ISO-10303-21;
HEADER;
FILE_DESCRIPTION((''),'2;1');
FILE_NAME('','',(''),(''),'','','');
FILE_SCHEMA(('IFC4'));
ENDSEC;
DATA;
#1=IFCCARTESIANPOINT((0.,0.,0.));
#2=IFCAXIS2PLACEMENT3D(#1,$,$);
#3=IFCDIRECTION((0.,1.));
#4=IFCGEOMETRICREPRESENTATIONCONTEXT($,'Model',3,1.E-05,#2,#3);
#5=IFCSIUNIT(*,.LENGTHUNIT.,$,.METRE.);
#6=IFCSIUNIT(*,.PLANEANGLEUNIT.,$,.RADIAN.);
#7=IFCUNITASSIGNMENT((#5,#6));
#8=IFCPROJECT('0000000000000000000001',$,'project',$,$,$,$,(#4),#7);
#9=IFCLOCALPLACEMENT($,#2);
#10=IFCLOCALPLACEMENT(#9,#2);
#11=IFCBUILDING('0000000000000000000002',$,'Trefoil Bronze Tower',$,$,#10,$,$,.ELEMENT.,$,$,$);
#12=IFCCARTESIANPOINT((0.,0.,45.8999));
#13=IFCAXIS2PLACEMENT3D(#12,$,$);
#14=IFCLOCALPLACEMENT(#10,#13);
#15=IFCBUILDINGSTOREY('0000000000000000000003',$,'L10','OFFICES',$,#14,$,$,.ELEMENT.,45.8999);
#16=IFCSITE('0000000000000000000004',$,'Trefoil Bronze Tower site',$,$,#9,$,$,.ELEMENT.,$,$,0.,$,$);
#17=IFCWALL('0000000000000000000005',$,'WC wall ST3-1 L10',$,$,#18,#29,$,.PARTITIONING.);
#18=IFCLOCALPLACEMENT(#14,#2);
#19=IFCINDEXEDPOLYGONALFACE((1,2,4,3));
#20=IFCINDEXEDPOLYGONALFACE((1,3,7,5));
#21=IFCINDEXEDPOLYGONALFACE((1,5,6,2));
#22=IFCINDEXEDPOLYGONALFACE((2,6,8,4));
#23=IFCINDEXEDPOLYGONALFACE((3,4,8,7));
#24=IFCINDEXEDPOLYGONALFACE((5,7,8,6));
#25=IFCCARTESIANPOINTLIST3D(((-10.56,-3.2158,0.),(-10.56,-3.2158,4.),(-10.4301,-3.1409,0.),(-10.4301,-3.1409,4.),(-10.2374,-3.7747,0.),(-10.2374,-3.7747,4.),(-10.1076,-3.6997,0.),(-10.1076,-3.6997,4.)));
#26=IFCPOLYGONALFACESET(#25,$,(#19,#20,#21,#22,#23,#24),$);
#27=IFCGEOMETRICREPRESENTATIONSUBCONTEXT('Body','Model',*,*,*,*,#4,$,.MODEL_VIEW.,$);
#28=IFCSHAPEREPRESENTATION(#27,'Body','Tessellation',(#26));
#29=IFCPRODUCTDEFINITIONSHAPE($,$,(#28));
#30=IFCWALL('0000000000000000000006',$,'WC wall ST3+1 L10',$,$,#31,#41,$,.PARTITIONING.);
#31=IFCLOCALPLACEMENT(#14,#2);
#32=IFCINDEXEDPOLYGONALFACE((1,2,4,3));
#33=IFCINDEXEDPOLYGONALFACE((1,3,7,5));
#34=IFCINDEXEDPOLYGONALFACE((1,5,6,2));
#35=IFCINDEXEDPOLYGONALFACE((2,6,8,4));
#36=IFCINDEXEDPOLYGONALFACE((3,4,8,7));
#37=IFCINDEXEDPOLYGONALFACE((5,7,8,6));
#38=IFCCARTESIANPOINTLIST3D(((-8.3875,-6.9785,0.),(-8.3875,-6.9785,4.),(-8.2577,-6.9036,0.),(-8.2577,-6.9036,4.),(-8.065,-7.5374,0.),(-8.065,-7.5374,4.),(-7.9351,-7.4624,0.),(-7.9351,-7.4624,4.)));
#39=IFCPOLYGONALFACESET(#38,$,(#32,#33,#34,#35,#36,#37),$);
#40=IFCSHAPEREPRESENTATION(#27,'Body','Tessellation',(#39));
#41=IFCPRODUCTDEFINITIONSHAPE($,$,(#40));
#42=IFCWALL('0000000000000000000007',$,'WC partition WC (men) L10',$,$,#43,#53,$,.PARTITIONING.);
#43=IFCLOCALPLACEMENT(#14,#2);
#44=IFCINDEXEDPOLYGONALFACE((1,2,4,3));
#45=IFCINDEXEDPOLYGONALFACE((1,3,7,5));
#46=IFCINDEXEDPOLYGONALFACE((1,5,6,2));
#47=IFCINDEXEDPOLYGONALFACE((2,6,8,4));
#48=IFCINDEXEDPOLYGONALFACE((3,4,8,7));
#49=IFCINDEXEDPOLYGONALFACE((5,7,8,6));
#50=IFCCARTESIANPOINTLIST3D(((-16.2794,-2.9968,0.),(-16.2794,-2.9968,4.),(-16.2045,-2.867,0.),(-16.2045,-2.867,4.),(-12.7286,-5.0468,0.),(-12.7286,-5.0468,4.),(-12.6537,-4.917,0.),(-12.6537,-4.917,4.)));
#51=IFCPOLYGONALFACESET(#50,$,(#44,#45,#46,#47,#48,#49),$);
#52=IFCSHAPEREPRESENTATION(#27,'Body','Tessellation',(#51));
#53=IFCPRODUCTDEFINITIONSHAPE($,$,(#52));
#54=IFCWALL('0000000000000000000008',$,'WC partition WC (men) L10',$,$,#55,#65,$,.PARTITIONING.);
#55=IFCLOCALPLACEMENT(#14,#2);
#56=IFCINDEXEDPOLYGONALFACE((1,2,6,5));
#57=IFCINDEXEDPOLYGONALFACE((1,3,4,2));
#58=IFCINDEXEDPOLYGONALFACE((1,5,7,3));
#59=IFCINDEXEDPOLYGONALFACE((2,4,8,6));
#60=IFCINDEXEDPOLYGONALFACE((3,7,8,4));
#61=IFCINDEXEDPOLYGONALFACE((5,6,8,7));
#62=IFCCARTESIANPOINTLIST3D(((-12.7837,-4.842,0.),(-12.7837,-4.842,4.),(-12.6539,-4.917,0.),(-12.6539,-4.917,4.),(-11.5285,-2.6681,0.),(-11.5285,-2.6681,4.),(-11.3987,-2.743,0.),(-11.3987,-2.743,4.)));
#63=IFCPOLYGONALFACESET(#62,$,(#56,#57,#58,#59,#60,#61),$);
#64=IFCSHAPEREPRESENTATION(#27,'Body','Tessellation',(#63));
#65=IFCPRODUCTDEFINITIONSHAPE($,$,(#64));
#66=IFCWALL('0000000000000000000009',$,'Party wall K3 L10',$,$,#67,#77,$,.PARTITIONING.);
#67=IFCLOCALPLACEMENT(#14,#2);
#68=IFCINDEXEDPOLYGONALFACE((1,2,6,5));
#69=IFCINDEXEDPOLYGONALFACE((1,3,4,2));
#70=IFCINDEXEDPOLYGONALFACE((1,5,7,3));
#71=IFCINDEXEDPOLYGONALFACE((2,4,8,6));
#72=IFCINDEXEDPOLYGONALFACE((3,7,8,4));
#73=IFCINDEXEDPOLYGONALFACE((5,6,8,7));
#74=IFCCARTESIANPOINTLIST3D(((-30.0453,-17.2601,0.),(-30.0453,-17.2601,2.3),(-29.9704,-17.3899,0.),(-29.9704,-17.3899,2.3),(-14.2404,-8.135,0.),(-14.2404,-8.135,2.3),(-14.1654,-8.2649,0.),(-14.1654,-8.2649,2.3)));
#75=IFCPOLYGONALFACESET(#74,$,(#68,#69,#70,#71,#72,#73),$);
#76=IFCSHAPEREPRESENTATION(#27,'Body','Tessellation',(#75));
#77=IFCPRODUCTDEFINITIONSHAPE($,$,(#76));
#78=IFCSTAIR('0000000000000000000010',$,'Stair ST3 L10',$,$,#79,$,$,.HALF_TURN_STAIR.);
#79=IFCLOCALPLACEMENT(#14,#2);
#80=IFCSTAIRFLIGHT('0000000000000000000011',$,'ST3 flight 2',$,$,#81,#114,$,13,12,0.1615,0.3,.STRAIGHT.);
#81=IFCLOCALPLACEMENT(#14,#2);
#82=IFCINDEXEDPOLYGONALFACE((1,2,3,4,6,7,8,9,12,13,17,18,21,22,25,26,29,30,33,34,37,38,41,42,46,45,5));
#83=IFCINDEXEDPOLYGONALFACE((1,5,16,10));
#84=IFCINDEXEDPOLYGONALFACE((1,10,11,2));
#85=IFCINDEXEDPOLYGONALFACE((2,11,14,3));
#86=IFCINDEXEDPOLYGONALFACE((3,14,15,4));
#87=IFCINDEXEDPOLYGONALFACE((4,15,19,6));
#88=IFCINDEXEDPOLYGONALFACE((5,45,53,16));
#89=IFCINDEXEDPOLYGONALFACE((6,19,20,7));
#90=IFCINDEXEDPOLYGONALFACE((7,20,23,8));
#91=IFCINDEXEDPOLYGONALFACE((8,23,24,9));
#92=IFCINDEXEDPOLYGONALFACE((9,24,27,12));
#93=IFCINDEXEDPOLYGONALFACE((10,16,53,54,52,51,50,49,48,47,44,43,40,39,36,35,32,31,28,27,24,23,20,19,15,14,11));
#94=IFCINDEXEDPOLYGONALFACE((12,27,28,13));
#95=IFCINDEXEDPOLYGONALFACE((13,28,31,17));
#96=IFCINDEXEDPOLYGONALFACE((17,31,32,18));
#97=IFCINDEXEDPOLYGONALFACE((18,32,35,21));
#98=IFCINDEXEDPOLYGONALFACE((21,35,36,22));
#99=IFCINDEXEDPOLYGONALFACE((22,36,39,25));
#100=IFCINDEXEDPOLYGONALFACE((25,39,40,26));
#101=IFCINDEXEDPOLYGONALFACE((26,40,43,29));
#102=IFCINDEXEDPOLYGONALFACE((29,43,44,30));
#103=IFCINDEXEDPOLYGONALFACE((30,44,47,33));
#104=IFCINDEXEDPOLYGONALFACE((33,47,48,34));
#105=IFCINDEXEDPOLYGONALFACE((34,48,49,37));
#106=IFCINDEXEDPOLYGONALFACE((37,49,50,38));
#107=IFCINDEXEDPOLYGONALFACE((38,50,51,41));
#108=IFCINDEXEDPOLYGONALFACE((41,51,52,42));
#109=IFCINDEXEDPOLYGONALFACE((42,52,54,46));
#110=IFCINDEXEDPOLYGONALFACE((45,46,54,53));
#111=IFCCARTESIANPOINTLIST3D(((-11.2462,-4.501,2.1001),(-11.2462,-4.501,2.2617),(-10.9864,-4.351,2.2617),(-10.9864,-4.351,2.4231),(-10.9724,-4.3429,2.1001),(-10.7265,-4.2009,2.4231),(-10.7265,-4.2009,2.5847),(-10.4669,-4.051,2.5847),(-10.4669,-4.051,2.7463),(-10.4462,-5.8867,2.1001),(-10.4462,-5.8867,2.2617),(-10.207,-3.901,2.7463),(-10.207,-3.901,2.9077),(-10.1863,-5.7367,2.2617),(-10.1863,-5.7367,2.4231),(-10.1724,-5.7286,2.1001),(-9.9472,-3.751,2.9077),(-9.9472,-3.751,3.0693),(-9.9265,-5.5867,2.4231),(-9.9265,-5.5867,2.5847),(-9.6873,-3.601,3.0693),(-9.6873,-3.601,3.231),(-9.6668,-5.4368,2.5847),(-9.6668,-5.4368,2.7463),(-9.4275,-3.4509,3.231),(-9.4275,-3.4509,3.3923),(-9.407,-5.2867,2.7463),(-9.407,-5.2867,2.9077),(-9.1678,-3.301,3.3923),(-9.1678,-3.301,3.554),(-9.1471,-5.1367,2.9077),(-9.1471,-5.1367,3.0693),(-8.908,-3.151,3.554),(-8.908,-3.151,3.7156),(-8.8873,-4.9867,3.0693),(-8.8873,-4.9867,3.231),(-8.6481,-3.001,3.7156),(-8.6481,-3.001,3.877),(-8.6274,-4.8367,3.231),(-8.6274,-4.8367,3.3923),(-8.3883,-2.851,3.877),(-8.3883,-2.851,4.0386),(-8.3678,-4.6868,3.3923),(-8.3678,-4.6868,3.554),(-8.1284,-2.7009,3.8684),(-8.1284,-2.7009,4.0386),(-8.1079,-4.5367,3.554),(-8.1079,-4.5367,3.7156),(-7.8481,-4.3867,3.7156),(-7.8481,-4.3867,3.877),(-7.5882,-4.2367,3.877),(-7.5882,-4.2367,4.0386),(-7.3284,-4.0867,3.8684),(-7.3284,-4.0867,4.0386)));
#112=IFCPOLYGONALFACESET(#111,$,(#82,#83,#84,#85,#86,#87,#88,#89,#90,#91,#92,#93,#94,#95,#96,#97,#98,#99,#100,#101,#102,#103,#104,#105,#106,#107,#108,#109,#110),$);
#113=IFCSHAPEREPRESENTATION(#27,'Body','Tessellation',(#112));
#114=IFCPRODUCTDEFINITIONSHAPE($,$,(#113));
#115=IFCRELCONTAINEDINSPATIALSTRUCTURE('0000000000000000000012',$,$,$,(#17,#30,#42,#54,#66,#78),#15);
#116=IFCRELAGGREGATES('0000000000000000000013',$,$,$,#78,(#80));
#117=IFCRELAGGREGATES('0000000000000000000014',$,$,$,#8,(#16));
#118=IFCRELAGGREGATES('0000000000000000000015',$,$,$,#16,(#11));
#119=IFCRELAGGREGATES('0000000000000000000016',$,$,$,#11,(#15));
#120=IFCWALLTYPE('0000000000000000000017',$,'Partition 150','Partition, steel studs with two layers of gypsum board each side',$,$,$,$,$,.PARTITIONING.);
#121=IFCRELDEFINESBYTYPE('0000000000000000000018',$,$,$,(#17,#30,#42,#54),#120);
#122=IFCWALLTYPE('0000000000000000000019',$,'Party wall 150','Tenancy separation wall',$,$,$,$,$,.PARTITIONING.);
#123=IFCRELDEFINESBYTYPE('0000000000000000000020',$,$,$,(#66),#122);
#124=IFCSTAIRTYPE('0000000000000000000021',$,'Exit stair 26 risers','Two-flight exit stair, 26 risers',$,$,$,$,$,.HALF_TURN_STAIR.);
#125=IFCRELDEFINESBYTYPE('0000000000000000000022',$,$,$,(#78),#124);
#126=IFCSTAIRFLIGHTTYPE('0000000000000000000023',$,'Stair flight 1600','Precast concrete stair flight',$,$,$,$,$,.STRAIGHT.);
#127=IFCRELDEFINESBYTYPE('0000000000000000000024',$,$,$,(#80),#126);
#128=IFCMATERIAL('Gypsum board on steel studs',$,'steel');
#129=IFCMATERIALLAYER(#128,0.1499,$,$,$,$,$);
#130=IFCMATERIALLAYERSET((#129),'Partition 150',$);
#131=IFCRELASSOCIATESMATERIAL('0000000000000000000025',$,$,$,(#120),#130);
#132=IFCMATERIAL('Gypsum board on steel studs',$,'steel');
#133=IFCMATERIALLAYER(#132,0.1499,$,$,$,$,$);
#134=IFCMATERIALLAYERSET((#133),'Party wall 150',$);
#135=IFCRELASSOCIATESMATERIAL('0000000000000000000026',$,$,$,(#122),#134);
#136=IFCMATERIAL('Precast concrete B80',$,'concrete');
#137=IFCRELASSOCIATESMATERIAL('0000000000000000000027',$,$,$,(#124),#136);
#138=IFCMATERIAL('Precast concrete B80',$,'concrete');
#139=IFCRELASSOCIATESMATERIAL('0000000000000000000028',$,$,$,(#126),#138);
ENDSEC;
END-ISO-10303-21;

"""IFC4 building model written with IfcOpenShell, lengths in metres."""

from ifc_helpers import new_model, si_unit, direction, frame, frame_2d, origin, place, context, subcontext, project, spatial, polyline, rectangle, outline, extrude, material, layer, layer_set, type_object, element, aggregate, save


model = new_model("IFC4")

# Units and contexts
model_context = context("Model", 3, precision=1e-05, world=origin(), true_north=direction((0.0, 1.0)))
body_context = subcontext(model_context, "Body", "Model", "MODEL_VIEW")
ifc_project = project(units=[si_unit("LENGTHUNIT", "METRE"), si_unit("PLANEANGLEUNIT", "RADIAN")], contexts=[model_context])

# Site, building, storey
site_placement = place(None, origin())
site = spatial("IfcSite", under=ifc_project, at=site_placement, Name="Trefoil Bronze Tower site", CompositionType="ELEMENT", RefElevation=0.0)
building_placement = place(site_placement, origin())
building = spatial("IfcBuilding", under=site, at=building_placement, Name="Trefoil Bronze Tower", CompositionType="ELEMENT")
storey_placement = place(building_placement, frame((0.0, 0.0, 45.8999)))
storey = spatial("IfcBuildingStorey", under=building, at=storey_placement, Name="L10", Description="OFFICES", CompositionType="ELEMENT", Elevation=45.8999)

# Shared definitions
ifc_material_1 = material(Name="Gypsum board on steel studs", Category="steel")
ifc_layer_1 = layer(ifc_material_1, 0.1499)
ifc_layer_set_1 = layer_set([ifc_layer_1], Name="Partition 150")
wall_type_1 = type_object("IfcWallType", Name="Partition 150", Description="Partition, steel studs with two layers of gypsum board each side", PredefinedType="PARTITIONING", material=ifc_layer_set_1)

# Walls
for number, where, z_axis, x_axis, name in (
    (1, (-10.4951, -3.1782, 0.0), (0.0, 0.0, 1.0), (0.499843, -0.866116, 0.0), "WC wall ST3-1 L10"),
    (2, (-8.0, -7.5, 0.0), (0.0, 0.0, 1.0), (-0.499843, 0.866116, 0.0), "WC wall ST3+1 L10"),
):
    element("IfcWall", number, at=place(storey_placement, frame(where, z_axis=z_axis, x_axis=x_axis)), inside=storey, type_object=wall_type_1, Name=name, PredefinedType="PARTITIONING", context=body_context, shape_type="SweptSolid", body=[
        extrude(rectangle(XDim=0.6453, YDim=0.1499, at=frame_2d((0.3228, 0.0))), origin(), (0.0, 0.0, 1.0), 4.0),
    ])
wall_1_placement = place(storey_placement, frame((-12.6912, -4.9819, 0.0), z_axis=(0.0, 0.0, 1.0), x_axis=(-0.866025, 0.500001, 0.0)))
element("IfcWall", 3, at=wall_1_placement, inside=storey, type_object=wall_type_1, Name="WC partition WC (men) L10", PredefinedType="PARTITIONING", context=body_context, shape_type="SweptSolid", body=[
    extrude(rectangle(XDim=4.1001, YDim=0.1499, at=frame_2d((2.05, 0.0))), origin(), (0.0, 0.0, 1.0), 4.0),
])
wall_2_placement = place(storey_placement, frame((-11.4636, -2.7056, 0.0), z_axis=(0.0, 0.0, 1.0), x_axis=(-0.50002, -0.866014, 0.0)))
element("IfcWall", 4, at=wall_2_placement, inside=storey, type_object=wall_type_1, Name="WC partition WC (men) L10", PredefinedType="PARTITIONING", context=body_context, shape_type="SweptSolid", body=[
    extrude(rectangle(XDim=2.5103, YDim=0.1499, at=frame_2d((1.2551, 0.0))), origin(), (0.0, 0.0, 1.0), 4.0),
])
ifc_material_2 = material(Name="Gypsum board on steel studs", Category="steel")
ifc_layer_2 = layer(ifc_material_2, 0.1499)
ifc_layer_set_2 = layer_set([ifc_layer_2], Name="Party wall 150")
wall_type_2 = type_object("IfcWallType", Name="Party wall 150", Description="Tenancy separation wall", PredefinedType="PARTITIONING", material=ifc_layer_set_2)
wall_3_placement = place(storey_placement, frame((-14.2029, -8.2, 0.0), z_axis=(0.0, 0.0, 1.0), x_axis=(-0.866025, -0.500001, 0.0)))
element("IfcWall", 5, at=wall_3_placement, inside=storey, type_object=wall_type_2, Name="Party wall K3 L10", PredefinedType="PARTITIONING", context=body_context, shape_type="SweptSolid", body=[
    extrude(rectangle(XDim=18.25, YDim=0.1499, at=frame_2d((9.125, 0.0))), origin(), (0.0, 0.0, 1.0), 2.3),
])

# Stair, stair flight
ifc_material_3 = material(Name="Precast concrete B80", Category="concrete")
stair_type = type_object("IfcStairType", Name="Exit stair 26 risers", Description="Two-flight exit stair, 26 risers", PredefinedType="HALF_TURN_STAIR", material=ifc_material_3)
stair_placement = place(storey_placement, origin())
stair = element("IfcStair", 6, at=stair_placement, inside=storey, type_object=stair_type, Name="Stair ST3 L10", PredefinedType="HALF_TURN_STAIR")
ifc_material_4 = material(Name="Precast concrete B80", Category="concrete")
stair_flight_type = type_object("IfcStairFlightType", Name="Stair flight 1600", Description="Precast concrete stair flight", PredefinedType="STRAIGHT", material=ifc_material_4)
stair_flight_placement = place(storey_placement, frame((-10.8462, -5.1938, 2.1001), z_axis=(0.0, 0.0, 1.0), x_axis=(0.866025, 0.5, 0.0)))
stair_flight = element("IfcStairFlight", 7, at=stair_flight_placement, type_object=stair_flight_type, Name="ST3 flight 2", NumberOfRisers=13, NumberOfTreads=12, PredefinedType="STRAIGHT", RiserHeight=0.1615, TreadLength=0.3, context=body_context, shape_type="SweptSolid", body=[
    extrude(outline(polyline([(0.0, 0.0), (0.0, 0.1616), (0.3, 0.1616), (0.3, 0.323), (0.6001, 0.323), (0.6001, 0.4846), (0.8999, 0.4846), (0.8999, 0.6462), (1.2, 0.6462), (1.2, 0.8076), (1.5, 0.8076), (1.5, 0.9692), (1.8, 0.9692), (1.8, 1.1309), (2.1001, 1.1309), (2.1001, 1.2922), (2.3999, 1.2922), (2.3999, 1.4539), (2.7, 1.4539), (2.7, 1.6155), (3.0, 1.6155), (3.0, 1.7769), (3.3, 1.7769), (3.3, 1.9385), (3.6001, 1.9385), (3.6001, 2.1001), (3.6001, 1.7683), (0.3162, 0.0), (0.0, 0.0)])), frame((0.0, 0.8, 0.0), z_axis=(0.0, -1.0, 0.0), x_axis=(1.0, 0.0, 0.0)), (0.0, 0.0, 1.0), 1.6001),
])
aggregate(stair, [stair_flight])

save(model, "model.ifc")
